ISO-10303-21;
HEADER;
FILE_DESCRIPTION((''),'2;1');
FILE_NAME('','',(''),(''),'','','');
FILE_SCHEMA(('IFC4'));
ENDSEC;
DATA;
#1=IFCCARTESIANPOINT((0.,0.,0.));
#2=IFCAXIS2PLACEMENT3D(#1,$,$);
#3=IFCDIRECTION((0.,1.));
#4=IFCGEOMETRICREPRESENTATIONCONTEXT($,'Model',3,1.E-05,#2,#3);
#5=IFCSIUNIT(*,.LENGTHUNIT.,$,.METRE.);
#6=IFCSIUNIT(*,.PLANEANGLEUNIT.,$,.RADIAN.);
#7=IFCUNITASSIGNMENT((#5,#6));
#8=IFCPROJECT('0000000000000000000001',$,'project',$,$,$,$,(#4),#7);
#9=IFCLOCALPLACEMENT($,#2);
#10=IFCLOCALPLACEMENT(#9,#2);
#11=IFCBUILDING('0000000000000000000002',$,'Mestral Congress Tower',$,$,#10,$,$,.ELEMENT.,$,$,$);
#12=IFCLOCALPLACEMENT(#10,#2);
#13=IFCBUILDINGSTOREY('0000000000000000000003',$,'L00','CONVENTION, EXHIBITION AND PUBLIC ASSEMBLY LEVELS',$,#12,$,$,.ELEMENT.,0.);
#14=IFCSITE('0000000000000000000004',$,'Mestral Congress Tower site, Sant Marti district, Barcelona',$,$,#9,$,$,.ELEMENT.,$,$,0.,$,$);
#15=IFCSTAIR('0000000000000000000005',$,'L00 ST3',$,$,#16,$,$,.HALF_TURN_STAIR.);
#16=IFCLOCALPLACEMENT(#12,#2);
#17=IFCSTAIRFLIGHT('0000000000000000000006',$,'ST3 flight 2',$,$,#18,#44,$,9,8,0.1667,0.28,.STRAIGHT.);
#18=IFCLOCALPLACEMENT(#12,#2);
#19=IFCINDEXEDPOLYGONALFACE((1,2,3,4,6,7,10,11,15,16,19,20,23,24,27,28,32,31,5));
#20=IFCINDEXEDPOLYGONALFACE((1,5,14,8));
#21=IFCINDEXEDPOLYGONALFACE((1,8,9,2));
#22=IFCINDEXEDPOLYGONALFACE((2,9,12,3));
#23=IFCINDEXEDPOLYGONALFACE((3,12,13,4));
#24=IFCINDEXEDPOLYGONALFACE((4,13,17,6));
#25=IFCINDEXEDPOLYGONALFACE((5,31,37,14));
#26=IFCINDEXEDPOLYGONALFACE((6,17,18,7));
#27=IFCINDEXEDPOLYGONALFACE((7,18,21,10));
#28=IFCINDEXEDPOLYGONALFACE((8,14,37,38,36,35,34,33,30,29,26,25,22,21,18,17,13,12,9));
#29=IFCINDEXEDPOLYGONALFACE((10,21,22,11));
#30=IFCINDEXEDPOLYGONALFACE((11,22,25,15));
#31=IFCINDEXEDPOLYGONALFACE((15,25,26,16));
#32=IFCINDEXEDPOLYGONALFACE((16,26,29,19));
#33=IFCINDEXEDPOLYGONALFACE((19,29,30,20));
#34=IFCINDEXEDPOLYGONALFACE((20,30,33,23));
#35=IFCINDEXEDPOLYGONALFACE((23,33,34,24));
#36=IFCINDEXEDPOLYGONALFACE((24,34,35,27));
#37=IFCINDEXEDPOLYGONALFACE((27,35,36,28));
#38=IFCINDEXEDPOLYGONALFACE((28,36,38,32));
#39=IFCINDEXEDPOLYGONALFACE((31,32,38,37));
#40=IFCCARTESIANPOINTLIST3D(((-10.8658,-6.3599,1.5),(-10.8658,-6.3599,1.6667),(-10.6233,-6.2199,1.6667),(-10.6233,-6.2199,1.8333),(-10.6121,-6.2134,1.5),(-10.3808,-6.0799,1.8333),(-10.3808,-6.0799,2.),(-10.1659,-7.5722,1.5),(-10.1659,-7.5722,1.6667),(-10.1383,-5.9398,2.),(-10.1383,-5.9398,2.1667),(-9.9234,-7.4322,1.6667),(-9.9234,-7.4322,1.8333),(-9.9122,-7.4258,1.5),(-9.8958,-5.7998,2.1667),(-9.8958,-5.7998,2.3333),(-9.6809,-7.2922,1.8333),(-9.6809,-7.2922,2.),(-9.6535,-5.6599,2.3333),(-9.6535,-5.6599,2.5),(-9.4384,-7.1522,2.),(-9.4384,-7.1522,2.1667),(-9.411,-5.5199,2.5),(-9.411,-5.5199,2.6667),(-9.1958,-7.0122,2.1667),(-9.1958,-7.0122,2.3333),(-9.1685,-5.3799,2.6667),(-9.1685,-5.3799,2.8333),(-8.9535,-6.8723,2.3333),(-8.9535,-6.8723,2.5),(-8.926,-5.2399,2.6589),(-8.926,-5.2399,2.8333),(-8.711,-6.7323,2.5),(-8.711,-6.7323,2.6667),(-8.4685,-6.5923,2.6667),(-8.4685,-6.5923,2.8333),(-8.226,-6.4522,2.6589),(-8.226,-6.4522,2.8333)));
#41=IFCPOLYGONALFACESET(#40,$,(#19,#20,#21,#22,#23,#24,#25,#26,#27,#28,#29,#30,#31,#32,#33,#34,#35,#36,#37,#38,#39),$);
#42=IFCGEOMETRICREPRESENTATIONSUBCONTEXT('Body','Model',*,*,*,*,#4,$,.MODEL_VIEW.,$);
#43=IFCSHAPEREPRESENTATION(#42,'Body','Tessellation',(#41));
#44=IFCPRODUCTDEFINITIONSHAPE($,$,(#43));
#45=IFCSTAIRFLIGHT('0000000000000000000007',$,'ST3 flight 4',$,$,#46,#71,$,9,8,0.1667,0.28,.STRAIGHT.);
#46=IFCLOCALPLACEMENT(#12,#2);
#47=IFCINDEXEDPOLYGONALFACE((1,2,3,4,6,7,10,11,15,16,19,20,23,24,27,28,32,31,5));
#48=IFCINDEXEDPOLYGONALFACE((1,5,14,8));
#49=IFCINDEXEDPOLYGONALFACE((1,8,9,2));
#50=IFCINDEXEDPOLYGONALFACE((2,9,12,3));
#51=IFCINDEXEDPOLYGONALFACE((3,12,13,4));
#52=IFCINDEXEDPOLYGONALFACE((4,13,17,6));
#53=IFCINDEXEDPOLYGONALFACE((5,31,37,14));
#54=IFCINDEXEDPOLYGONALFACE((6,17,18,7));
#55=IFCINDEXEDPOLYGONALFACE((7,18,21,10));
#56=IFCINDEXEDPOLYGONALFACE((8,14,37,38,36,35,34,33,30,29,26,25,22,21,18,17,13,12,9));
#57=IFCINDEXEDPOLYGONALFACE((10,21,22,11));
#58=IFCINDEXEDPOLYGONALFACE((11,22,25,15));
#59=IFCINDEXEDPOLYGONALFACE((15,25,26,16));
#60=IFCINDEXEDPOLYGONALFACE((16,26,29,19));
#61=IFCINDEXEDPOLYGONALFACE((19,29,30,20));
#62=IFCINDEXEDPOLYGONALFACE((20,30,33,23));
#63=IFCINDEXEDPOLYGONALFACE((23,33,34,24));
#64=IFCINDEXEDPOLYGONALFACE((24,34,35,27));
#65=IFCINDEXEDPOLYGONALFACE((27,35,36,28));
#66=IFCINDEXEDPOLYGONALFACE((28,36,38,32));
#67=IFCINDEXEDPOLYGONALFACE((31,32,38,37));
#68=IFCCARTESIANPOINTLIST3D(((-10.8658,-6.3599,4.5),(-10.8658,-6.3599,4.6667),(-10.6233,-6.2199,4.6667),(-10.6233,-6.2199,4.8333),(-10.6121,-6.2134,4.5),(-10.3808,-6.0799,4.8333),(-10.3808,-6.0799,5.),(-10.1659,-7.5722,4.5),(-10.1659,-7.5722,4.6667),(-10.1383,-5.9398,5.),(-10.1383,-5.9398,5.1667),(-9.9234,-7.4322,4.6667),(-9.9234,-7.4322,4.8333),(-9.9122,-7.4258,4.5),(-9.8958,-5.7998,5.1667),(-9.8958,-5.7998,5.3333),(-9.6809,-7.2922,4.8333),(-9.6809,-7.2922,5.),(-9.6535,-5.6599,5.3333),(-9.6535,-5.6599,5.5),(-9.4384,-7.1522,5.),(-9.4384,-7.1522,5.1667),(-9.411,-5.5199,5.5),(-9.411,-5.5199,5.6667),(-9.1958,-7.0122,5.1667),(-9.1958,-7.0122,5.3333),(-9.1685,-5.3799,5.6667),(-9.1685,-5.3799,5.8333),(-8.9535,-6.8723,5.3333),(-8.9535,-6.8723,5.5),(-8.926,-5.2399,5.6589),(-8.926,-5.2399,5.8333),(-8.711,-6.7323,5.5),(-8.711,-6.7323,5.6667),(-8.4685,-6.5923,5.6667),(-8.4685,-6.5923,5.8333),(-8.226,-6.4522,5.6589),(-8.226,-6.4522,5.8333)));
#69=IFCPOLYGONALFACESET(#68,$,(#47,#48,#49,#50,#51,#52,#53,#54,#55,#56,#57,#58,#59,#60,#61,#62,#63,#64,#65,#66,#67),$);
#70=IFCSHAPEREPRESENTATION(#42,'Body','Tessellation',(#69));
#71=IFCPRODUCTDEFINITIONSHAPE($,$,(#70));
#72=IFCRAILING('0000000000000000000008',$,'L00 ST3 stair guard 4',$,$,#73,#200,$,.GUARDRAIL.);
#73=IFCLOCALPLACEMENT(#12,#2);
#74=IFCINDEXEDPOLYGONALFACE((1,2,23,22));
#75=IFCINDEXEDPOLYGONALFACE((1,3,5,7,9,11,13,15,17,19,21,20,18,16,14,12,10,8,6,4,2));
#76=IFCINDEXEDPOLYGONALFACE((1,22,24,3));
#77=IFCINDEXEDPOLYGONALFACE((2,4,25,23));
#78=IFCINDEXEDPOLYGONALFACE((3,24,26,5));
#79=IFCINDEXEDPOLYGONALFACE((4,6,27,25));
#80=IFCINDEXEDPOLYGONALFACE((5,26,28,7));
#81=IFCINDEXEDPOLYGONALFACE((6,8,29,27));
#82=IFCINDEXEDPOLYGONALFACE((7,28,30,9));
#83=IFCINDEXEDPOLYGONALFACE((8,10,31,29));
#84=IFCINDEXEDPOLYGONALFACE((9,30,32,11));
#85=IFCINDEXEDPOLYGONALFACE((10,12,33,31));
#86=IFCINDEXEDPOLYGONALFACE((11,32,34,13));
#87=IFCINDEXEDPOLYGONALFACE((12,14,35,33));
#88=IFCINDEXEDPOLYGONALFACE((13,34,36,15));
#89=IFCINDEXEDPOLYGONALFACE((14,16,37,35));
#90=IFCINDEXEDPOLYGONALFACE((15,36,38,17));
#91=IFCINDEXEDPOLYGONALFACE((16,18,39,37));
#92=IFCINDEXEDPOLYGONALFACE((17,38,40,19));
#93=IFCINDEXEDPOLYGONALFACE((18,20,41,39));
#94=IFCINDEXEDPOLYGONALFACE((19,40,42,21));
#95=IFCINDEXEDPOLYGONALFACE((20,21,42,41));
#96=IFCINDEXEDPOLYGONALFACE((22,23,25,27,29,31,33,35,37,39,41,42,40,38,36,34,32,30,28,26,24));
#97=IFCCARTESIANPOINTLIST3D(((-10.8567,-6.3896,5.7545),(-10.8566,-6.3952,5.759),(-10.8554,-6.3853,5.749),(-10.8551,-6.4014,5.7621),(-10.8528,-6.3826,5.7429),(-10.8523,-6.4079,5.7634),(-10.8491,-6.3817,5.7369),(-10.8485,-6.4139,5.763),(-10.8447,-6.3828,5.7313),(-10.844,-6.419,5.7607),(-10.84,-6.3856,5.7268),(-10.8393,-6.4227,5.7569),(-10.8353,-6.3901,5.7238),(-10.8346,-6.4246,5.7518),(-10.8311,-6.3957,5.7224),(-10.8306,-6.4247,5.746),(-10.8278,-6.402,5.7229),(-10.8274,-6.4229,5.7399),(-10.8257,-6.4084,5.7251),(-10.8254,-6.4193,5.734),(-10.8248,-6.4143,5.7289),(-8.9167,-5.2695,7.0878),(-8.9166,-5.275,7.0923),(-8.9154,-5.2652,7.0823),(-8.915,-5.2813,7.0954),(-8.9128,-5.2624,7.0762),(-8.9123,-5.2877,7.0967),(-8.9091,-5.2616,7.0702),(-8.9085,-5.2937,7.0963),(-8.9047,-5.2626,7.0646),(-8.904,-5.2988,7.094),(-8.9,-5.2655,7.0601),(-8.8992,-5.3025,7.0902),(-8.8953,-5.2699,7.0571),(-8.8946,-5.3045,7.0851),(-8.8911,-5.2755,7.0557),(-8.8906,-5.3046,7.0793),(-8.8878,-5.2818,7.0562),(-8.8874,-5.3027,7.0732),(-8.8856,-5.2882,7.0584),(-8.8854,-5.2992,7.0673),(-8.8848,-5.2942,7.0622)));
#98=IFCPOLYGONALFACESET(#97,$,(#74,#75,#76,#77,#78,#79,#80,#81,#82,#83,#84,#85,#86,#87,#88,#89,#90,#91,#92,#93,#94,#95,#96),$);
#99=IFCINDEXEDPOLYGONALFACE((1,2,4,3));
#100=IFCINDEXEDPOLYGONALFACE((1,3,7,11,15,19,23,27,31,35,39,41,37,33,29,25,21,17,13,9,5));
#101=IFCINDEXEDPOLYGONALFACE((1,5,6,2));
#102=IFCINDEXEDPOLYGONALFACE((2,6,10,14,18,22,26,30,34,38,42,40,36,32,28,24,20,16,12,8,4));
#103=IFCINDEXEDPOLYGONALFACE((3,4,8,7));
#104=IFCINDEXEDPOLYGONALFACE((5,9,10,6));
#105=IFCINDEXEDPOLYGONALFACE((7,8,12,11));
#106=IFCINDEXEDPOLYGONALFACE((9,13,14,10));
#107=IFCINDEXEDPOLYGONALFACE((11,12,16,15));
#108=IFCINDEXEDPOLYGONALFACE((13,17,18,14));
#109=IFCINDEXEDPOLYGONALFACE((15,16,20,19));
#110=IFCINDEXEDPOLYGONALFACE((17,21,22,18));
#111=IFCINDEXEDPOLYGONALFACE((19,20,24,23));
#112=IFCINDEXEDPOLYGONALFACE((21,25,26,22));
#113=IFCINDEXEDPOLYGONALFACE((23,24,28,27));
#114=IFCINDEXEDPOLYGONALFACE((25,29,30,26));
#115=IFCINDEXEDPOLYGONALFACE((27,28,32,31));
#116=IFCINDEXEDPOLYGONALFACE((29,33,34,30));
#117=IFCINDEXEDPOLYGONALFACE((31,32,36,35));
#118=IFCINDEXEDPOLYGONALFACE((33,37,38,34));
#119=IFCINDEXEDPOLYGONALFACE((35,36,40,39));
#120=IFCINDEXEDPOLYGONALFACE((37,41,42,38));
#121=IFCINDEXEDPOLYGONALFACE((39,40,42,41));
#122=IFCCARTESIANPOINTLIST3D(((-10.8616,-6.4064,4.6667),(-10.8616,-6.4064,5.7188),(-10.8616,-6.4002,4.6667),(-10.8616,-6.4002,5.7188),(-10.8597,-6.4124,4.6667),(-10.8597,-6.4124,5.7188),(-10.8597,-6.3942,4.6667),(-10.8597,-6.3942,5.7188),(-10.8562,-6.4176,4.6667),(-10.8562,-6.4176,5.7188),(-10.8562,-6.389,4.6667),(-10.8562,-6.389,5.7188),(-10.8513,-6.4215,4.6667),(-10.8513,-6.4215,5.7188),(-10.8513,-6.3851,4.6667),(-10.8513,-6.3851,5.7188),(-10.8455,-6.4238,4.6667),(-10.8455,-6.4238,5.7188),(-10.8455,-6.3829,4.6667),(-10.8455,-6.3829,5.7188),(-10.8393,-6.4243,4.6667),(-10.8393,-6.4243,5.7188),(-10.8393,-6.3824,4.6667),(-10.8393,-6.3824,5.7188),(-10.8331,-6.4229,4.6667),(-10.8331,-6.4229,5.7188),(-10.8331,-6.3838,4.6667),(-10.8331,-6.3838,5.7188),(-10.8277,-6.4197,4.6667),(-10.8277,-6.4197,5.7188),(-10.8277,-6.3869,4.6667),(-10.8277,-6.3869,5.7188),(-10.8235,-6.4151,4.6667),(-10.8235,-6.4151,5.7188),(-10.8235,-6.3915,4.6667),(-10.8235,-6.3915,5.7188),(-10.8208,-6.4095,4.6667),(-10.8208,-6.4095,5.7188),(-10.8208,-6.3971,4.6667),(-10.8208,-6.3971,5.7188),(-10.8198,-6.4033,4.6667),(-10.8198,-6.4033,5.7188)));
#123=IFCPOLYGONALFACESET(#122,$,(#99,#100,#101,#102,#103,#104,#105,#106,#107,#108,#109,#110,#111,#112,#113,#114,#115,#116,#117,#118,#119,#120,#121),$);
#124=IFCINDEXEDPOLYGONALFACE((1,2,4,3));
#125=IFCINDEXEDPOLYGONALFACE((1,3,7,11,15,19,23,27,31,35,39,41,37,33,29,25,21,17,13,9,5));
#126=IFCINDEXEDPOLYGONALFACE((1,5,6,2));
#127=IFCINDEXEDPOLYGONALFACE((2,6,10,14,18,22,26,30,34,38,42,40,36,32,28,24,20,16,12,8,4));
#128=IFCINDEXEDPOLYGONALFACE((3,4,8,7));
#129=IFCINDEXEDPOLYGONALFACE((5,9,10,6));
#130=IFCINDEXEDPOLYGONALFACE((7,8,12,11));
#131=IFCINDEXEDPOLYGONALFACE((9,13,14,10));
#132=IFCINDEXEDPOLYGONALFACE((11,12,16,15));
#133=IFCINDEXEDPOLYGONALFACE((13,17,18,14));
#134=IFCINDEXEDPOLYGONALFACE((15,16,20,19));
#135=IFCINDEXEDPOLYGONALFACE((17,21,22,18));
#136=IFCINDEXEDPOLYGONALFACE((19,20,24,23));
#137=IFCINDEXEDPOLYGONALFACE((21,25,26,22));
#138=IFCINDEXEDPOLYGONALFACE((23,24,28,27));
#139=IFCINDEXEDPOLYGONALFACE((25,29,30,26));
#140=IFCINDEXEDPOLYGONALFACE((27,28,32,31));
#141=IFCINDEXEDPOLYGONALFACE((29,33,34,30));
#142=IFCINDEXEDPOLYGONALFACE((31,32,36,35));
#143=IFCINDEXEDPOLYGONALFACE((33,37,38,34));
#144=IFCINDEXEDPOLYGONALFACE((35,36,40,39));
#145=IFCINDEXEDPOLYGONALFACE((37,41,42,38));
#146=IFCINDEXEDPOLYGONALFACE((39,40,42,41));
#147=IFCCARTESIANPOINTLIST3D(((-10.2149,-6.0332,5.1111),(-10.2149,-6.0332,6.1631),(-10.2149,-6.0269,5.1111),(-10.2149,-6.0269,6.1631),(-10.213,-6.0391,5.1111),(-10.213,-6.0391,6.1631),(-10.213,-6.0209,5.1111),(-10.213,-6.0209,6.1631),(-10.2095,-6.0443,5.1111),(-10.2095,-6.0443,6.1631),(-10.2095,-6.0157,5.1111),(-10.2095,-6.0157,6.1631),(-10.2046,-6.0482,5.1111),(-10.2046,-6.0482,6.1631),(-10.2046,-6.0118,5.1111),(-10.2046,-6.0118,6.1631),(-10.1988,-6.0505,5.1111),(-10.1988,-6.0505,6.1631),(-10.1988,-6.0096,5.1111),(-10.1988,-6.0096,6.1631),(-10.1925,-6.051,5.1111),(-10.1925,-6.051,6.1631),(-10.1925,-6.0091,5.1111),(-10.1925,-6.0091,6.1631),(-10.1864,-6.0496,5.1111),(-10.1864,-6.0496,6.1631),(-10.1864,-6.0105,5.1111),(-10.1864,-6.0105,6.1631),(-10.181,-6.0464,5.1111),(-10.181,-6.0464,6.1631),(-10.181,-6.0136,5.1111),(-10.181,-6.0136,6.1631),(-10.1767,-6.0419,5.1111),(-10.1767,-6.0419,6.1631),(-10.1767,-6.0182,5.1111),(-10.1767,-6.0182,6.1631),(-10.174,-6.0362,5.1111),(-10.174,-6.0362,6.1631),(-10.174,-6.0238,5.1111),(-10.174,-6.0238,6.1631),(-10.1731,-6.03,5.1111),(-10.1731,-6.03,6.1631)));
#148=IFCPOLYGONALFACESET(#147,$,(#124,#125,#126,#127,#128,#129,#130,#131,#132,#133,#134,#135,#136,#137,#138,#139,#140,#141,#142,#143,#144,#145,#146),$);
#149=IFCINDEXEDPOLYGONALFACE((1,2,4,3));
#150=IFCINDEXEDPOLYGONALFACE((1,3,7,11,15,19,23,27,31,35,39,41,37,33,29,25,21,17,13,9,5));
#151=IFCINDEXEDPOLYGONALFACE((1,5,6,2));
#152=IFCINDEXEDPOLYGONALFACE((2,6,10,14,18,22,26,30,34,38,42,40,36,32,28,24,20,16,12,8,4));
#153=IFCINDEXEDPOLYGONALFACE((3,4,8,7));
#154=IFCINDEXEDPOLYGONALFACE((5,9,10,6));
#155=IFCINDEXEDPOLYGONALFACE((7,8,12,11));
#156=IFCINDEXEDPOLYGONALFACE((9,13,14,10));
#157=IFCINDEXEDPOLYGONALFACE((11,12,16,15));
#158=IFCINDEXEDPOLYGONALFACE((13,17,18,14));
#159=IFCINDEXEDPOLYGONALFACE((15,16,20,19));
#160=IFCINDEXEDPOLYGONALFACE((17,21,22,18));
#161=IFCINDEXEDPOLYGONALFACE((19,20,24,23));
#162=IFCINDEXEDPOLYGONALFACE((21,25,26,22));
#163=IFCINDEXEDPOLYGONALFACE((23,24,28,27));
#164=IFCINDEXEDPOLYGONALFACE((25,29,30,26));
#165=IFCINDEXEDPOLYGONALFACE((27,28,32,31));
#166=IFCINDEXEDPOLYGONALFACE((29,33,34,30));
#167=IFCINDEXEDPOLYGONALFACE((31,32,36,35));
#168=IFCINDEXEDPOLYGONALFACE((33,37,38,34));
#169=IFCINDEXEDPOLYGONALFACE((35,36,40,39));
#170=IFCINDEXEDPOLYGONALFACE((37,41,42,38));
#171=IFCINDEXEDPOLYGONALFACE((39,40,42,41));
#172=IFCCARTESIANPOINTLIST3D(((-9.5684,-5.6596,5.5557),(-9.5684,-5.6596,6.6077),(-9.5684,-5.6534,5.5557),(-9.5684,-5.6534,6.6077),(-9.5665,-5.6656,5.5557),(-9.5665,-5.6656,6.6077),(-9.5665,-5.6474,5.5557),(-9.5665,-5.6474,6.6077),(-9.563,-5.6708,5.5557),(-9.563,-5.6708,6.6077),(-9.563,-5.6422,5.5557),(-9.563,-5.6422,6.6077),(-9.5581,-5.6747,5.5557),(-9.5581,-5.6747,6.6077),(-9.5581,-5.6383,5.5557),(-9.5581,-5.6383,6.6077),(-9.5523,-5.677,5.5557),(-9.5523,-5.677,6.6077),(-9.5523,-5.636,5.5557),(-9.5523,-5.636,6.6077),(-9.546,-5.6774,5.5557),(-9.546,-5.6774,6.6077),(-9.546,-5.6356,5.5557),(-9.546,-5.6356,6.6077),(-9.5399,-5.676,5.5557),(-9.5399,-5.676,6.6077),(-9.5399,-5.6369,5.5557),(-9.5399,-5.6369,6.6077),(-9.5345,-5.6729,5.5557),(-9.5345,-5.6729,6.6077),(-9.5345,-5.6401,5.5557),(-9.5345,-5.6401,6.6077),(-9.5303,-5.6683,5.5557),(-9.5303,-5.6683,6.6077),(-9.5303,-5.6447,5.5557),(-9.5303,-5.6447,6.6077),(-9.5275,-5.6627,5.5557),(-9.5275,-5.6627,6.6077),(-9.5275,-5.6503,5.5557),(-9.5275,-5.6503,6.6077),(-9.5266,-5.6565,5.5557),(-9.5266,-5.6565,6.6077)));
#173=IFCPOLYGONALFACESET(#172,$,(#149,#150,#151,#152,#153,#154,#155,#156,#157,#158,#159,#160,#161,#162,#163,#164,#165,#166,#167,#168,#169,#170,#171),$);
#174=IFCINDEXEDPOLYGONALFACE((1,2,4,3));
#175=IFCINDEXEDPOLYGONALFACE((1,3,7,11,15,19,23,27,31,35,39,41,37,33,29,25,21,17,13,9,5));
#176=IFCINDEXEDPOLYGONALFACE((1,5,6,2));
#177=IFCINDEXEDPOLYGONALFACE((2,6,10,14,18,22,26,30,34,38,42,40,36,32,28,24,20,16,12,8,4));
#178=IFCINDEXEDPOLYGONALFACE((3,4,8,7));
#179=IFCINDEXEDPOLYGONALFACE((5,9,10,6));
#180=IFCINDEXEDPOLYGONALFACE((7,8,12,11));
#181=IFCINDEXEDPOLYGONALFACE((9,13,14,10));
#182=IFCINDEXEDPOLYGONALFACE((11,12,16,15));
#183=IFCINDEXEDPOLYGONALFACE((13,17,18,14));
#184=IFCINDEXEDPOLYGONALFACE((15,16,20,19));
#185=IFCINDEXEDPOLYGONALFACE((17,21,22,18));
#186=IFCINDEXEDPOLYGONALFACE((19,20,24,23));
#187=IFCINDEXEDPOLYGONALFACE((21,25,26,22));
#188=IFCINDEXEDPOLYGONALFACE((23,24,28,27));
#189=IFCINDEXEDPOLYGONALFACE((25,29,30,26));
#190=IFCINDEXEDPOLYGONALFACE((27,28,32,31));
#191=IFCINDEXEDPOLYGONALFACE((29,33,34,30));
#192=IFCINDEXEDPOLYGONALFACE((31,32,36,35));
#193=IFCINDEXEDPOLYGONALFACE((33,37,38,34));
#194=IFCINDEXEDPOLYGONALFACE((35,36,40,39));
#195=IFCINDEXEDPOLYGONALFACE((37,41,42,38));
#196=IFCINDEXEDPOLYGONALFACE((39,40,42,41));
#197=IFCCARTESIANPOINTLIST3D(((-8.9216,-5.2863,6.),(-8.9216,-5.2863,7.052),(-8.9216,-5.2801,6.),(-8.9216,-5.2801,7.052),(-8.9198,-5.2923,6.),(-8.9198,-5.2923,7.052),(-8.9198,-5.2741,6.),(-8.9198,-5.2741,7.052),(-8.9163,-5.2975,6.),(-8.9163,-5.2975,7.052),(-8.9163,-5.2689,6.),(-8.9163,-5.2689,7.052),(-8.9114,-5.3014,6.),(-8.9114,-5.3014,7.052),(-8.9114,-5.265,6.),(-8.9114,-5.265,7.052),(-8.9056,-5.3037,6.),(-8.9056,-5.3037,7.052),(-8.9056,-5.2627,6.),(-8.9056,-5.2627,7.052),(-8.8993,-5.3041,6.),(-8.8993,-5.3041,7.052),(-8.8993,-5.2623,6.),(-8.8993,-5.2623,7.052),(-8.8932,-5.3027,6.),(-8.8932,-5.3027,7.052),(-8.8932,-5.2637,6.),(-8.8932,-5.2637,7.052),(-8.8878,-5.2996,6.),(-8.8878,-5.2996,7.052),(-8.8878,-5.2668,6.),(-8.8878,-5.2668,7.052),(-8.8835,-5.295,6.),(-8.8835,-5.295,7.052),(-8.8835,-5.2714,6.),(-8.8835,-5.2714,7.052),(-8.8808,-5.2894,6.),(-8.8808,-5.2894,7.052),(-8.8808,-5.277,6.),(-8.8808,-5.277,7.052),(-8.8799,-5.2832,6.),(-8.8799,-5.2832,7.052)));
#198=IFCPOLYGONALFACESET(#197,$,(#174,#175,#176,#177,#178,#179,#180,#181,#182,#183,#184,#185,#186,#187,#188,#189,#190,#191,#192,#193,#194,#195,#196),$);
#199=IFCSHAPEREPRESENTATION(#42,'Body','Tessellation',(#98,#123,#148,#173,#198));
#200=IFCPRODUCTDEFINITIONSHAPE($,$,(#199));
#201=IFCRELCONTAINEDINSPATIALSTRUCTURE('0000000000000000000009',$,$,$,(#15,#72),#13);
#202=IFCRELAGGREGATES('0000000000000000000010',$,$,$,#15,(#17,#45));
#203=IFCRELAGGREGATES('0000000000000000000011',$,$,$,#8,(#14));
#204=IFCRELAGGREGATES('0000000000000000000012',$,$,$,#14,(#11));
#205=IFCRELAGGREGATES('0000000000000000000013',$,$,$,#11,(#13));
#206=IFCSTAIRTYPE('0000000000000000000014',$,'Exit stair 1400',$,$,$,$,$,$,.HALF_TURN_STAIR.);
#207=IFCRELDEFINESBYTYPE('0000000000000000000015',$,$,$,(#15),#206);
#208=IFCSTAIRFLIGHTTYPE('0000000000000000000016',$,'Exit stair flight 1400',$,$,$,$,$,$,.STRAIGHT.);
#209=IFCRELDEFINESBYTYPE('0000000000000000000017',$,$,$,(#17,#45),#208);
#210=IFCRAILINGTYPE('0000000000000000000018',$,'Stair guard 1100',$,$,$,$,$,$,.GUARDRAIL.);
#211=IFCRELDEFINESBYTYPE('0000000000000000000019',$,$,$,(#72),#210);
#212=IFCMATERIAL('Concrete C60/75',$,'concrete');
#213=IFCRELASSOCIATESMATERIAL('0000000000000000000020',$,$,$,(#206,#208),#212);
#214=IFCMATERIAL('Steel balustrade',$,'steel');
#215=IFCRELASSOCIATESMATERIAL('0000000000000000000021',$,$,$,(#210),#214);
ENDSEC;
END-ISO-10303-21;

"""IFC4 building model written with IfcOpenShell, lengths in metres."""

from ifc_helpers import new_model, si_unit, direction, frame, origin, origin_2d, place, context, subcontext, project, spatial, polyline, circle, outline, extrude, material, type_object, element, aggregate, save


model = new_model("IFC4")

# Units and contexts
model_context = context("Model", 3, precision=1e-05, world=origin(), true_north=direction((0.0, 1.0)))
body_context = subcontext(model_context, "Body", "Model", "MODEL_VIEW")
ifc_project = project(units=[si_unit("LENGTHUNIT", "METRE"), si_unit("PLANEANGLEUNIT", "RADIAN")], contexts=[model_context])

# Site, building, storey
site_placement = place(None, origin())
site = spatial("IfcSite", under=ifc_project, at=site_placement, Name="Mestral Congress Tower site, Sant Marti district, Barcelona", CompositionType="ELEMENT", RefElevation=0.0)
building_placement = place(site_placement, origin())
building = spatial("IfcBuilding", under=site, at=building_placement, Name="Mestral Congress Tower", CompositionType="ELEMENT")
storey_placement = place(building_placement, origin())
storey = spatial("IfcBuildingStorey", under=building, at=storey_placement, Name="L00", Description="CONVENTION, EXHIBITION AND PUBLIC ASSEMBLY LEVELS", CompositionType="ELEMENT", Elevation=0.0)

# Shared definitions
ifc_material_1 = material(Name="Concrete C60/75", Category="concrete")

# Stair, stair flights
stair_type = type_object("IfcStairType", Name="Exit stair 1400", PredefinedType="HALF_TURN_STAIR", material=ifc_material_1)
stair_placement = place(storey_placement, origin())
stair = element("IfcStair", 1, at=stair_placement, inside=storey, type_object=stair_type, Name="L00 ST3", PredefinedType="HALF_TURN_STAIR")
stair_flight_type = type_object("IfcStairFlightType", Name="Exit stair flight 1400", PredefinedType="STRAIGHT", material=ifc_material_1)
stair_flight_1_placement = place(storey_placement, frame((-10.5159, -6.9661, 1.5), z_axis=(0.0, 0.0, 1.0), x_axis=(0.866025, 0.5, 0.0)))
stair_flight_1 = element("IfcStairFlight", 2, at=stair_flight_1_placement, type_object=stair_flight_type, Name="ST3 flight 2", NumberOfRisers=9, NumberOfTreads=8, PredefinedType="STRAIGHT", RiserHeight=0.1667, TreadLength=0.28, context=body_context, shape_type="SweptSolid", body=[
    extrude(outline(polyline([(0.0, 0.0), (0.0, 0.1667), (0.28, 0.1667), (0.28, 0.3333), (0.5601, 0.3333), (0.5601, 0.5), (0.8401, 0.5), (0.8401, 0.6667), (1.1201, 0.6667), (1.1201, 0.8333), (1.3999, 0.8333), (1.3999, 1.0), (1.6799, 1.0), (1.6799, 1.1667), (1.96, 1.1667), (1.96, 1.3333), (2.24, 1.3333), (2.24, 1.5), (2.24, 1.1589), (0.293, 0.0), (0.0, 0.0)])), frame((0.0, 0.7, 0.0), z_axis=(0.0, -1.0, 0.0), x_axis=(1.0, 0.0, 0.0)), (0.0, 0.0, 1.0), 1.3999),
])
stair_flight_2_placement = place(storey_placement, frame((-10.5159, -6.9661, 4.5), z_axis=(0.0, 0.0, 1.0), x_axis=(0.866025, 0.5, 0.0)))
stair_flight_2 = element("IfcStairFlight", 3, at=stair_flight_2_placement, type_object=stair_flight_type, Name="ST3 flight 4", NumberOfRisers=9, NumberOfTreads=8, PredefinedType="STRAIGHT", RiserHeight=0.1667, TreadLength=0.28, context=body_context, shape_type="SweptSolid", body=[
    extrude(outline(polyline([(0.0, 0.0), (0.0, 0.1667), (0.28, 0.1667), (0.28, 0.3333), (0.5601, 0.3333), (0.5601, 0.5), (0.8401, 0.5), (0.8401, 0.6667), (1.1201, 0.6667), (1.1201, 0.8333), (1.3999, 0.8333), (1.3999, 1.0), (1.6799, 1.0), (1.6799, 1.1667), (1.96, 1.1667), (1.96, 1.3333), (2.24, 1.3333), (2.24, 1.5), (2.24, 1.1589), (0.293, 0.0), (0.0, 0.0)])), frame((0.0, 0.7, 0.0), z_axis=(0.0, -1.0, 0.0), x_axis=(1.0, 0.0, 0.0)), (0.0, 0.0, 1.0), 1.3999),
])
aggregate(stair, [stair_flight_1, stair_flight_2])

# Railing
ifc_material_2 = material(Name="Steel balustrade", Category="steel")
railing_type = type_object("IfcRailingType", Name="Stair guard 1100", PredefinedType="GUARDRAIL", material=ifc_material_2)
railing_1_placement = place(storey_placement, frame((-10.8408, -6.4033, 4.6667)))
element("IfcRailing", 4, at=railing_1_placement, inside=storey, type_object=railing_type, Name="L00 ST3 stair guard 4", PredefinedType="GUARDRAIL", context=body_context, shape_type="SweptSolid", body=[
    extrude(circle(Radius=0.0239, at=origin_2d()), frame((0.0, 0.0, 1.0762), z_axis=(0.744175, 0.429684, 0.511444), x_axis=(-0.500031, 0.866008, 0.0)), (0.0, 0.0, 1.0), 2.6069),
    extrude(circle(Radius=0.021, at=origin_2d()), origin(), (0.0, 0.0, 1.0), 1.052),
    extrude(circle(Radius=0.021, at=origin_2d()), frame((0.6467, 0.3733, 0.4443)), (0.0, 0.0, 1.0), 1.052),
    extrude(circle(Radius=0.021, at=origin_2d()), frame((1.2932, 0.7468, 0.8889)), (0.0, 0.0, 1.0), 1.052),
    extrude(circle(Radius=0.021, at=origin_2d()), frame((1.9399, 1.1201, 1.3333)), (0.0, 0.0, 1.0), 1.052),
])

save(model, "model.ifc")
